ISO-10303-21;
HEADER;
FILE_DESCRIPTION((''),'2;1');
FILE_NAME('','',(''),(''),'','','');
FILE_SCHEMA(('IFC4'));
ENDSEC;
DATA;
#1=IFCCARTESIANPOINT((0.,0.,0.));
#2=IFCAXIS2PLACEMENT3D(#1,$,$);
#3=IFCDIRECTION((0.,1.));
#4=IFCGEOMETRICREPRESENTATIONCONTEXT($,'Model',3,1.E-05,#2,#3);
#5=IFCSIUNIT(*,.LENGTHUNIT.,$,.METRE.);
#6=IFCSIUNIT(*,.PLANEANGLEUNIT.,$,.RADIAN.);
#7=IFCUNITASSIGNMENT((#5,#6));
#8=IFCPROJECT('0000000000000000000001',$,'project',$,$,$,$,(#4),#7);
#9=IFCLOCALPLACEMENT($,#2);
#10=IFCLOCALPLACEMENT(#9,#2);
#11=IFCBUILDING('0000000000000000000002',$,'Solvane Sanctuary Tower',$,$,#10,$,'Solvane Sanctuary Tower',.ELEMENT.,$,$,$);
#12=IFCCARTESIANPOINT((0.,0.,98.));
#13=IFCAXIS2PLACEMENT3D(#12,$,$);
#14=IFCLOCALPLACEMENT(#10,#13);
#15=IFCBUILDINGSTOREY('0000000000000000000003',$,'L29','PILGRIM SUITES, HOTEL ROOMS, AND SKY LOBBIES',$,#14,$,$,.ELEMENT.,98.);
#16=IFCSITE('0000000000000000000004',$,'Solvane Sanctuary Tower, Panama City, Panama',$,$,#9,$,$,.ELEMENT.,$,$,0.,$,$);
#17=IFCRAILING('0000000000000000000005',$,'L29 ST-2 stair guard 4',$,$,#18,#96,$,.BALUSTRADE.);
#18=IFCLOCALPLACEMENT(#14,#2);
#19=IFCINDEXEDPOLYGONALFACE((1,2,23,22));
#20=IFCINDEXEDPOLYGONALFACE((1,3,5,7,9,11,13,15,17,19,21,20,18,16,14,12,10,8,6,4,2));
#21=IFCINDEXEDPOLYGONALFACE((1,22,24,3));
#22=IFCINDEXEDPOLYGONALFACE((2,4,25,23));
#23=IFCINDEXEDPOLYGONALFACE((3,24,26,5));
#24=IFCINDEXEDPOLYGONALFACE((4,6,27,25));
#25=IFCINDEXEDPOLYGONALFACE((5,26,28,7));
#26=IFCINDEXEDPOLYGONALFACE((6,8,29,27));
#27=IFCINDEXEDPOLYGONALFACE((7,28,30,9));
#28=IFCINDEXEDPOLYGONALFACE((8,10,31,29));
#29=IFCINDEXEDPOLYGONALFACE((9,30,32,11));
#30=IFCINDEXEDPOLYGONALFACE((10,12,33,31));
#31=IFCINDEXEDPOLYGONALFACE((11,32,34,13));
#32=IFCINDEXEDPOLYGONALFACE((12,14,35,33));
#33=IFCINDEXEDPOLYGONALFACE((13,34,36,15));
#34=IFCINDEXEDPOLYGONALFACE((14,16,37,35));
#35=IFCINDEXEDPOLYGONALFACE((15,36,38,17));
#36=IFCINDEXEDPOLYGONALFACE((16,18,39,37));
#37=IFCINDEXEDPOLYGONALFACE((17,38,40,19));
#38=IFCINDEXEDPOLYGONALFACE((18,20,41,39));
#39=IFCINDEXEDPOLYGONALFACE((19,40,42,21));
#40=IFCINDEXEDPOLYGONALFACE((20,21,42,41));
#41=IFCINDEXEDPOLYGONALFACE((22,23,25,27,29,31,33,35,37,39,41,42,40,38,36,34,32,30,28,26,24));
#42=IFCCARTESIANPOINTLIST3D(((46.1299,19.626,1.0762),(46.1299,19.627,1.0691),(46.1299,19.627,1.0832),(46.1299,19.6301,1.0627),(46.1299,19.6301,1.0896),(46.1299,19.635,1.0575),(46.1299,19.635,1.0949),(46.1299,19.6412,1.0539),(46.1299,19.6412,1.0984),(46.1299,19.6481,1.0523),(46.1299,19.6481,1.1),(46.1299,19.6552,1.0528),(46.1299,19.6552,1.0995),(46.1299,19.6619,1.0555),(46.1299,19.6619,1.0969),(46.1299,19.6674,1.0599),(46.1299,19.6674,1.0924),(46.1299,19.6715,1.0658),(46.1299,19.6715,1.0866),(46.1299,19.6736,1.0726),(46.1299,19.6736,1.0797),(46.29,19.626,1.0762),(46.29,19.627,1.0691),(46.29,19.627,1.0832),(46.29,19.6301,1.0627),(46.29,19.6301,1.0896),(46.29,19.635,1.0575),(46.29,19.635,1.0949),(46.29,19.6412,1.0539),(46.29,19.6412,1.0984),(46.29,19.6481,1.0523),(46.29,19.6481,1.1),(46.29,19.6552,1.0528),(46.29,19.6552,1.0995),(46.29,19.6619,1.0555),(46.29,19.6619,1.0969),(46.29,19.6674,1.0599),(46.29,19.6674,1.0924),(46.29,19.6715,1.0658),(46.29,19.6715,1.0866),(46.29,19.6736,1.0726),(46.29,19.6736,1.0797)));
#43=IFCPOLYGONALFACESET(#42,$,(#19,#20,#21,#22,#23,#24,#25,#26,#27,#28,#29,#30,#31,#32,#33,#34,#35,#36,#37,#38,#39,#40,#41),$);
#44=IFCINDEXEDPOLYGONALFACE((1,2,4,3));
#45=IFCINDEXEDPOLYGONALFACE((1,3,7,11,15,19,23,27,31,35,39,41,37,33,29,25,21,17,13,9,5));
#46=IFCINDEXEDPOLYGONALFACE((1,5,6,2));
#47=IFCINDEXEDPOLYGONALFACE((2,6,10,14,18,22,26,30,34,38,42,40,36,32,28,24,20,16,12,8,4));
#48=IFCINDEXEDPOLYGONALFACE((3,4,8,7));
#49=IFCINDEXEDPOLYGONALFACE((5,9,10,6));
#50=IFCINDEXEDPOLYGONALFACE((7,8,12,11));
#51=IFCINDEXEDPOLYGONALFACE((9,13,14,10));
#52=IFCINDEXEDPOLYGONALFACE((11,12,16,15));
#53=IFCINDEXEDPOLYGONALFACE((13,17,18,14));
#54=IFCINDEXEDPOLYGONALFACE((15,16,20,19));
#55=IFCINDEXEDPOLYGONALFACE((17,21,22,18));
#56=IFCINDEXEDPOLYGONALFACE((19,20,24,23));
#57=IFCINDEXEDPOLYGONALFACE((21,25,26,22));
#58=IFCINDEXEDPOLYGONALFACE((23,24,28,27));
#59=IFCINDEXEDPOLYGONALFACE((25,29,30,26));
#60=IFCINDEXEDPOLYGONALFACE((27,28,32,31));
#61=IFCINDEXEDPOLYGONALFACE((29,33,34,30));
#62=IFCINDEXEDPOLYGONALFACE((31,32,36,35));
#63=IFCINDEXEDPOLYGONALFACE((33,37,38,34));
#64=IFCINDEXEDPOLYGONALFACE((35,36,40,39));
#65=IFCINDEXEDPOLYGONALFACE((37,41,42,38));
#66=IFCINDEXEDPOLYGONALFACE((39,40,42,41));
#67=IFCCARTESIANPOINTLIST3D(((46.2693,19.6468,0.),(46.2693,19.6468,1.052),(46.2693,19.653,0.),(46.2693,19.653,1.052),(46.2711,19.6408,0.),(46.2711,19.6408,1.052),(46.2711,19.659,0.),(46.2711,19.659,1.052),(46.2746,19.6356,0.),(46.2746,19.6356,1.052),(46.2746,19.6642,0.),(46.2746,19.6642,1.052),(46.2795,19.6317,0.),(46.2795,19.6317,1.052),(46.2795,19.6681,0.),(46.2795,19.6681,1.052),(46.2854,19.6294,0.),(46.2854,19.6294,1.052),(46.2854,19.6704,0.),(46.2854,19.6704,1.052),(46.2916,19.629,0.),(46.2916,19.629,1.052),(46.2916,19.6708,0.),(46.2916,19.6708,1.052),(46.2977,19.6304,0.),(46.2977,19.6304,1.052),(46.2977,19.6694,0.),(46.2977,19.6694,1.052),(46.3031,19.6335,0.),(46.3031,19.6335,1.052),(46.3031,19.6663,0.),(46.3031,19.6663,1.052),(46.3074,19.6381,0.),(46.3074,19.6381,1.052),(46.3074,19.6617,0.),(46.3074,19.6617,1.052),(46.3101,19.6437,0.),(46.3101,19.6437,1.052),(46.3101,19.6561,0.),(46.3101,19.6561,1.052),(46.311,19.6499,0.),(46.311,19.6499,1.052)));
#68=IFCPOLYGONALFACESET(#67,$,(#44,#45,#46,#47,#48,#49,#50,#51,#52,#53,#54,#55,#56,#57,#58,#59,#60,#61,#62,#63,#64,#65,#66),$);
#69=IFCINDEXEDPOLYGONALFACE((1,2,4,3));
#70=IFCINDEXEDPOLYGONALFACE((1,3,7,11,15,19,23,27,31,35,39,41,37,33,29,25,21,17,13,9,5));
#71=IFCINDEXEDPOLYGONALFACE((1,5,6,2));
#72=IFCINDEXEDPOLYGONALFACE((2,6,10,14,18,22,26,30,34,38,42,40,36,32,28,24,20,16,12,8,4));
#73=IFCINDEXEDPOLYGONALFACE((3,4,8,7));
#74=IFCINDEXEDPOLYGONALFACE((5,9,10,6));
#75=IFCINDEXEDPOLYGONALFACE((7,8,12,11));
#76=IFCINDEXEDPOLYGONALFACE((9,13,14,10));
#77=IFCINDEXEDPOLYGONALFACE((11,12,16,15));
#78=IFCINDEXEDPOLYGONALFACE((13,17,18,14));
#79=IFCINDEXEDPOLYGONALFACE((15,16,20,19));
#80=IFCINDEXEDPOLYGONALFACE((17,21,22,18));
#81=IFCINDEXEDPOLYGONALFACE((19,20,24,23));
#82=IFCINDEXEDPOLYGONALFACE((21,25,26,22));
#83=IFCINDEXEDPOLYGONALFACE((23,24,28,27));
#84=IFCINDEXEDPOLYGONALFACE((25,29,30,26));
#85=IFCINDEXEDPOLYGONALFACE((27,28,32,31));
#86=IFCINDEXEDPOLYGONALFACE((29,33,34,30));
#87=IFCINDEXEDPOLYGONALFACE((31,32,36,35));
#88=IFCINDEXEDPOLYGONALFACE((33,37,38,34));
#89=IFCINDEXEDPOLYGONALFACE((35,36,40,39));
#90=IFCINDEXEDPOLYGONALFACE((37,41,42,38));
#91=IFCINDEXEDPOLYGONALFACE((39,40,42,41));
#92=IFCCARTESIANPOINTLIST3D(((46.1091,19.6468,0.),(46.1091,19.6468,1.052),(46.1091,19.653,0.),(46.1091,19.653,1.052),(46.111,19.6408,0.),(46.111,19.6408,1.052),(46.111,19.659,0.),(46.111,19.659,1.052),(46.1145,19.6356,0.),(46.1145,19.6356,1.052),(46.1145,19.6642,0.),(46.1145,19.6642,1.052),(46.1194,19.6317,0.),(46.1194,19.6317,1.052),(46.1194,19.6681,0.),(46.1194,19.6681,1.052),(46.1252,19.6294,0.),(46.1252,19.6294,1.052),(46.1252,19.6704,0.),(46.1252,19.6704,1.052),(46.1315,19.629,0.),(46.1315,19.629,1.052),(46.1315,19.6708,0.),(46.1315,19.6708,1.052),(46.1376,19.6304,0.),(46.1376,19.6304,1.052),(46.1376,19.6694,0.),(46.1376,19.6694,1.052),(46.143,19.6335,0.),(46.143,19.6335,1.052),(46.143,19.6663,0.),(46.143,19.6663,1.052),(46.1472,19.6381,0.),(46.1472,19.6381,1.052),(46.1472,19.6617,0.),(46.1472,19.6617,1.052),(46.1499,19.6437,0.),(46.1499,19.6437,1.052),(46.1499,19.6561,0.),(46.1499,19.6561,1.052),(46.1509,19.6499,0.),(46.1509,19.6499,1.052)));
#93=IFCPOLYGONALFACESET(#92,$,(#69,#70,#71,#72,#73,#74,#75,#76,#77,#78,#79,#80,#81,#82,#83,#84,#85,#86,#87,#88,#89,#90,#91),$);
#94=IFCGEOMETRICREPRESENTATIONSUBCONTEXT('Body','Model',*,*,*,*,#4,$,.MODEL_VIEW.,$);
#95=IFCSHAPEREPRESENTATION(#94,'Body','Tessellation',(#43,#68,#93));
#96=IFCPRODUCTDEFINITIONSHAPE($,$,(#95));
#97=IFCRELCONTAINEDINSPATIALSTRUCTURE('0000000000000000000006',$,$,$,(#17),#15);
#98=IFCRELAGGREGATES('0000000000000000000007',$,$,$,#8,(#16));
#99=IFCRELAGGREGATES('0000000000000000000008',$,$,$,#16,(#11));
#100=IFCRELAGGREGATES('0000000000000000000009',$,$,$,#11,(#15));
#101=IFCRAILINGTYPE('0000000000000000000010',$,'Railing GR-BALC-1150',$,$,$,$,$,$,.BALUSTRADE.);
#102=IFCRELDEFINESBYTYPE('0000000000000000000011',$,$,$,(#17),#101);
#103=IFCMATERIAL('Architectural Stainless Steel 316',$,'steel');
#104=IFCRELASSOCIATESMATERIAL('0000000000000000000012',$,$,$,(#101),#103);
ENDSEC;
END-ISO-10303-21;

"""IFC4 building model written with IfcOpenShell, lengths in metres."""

from ifc_helpers import new_model, si_unit, direction, frame, origin, origin_2d, place, context, subcontext, project, spatial, circle, extrude, material, type_object, element, save


model = new_model("IFC4")

# Units and contexts
model_context = context("Model", 3, precision=1e-05, world=origin(), true_north=direction((0.0, 1.0)))
body_context = subcontext(model_context, "Body", "Model", "MODEL_VIEW")
ifc_project = project(units=[si_unit("LENGTHUNIT", "METRE"), si_unit("PLANEANGLEUNIT", "RADIAN")], contexts=[model_context])

# Site, building, storey
site_placement = place(None, origin())
site = spatial("IfcSite", under=ifc_project, at=site_placement, Name="Solvane Sanctuary Tower, Panama City, Panama", CompositionType="ELEMENT", RefElevation=0.0)
building_placement = place(site_placement, origin())
building = spatial("IfcBuilding", under=site, at=building_placement, Name="Solvane Sanctuary Tower", LongName="Solvane Sanctuary Tower", CompositionType="ELEMENT")
storey_placement = place(building_placement, frame((0.0, 0.0, 98.0)))
storey = spatial("IfcBuildingStorey", under=building, at=storey_placement, Name="L29", Description="PILGRIM SUITES, HOTEL ROOMS, AND SKY LOBBIES", CompositionType="ELEMENT", Elevation=98.0)

# Shared definitions
ifc_material_1 = material(Name="Architectural Stainless Steel 316", Category="steel")

# Railing
railing_type_1 = type_object("IfcRailingType", Name="Railing GR-BALC-1150", PredefinedType="BALUSTRADE", material=ifc_material_1)
railing_1_placement = place(storey_placement, frame((46.29, 19.6499, 0.0)))
element("IfcRailing", 1, at=railing_1_placement, inside=storey, type_object=railing_type_1, Name="L29 ST-2 stair guard 4", PredefinedType="BALUSTRADE", context=body_context, shape_type="SweptSolid", body=[
    extrude(circle(Radius=0.0239, at=origin_2d()), frame((0.0, 0.0, 1.0762), z_axis=(-1.0, 0.0, 0.0), x_axis=(0.0, -1.0, 0.0)), (0.0, 0.0, 1.0), 0.1602),
    extrude(circle(Radius=0.021, at=origin_2d()), origin(), (0.0, 0.0, 1.0), 1.052),
    extrude(circle(Radius=0.021, at=origin_2d()), frame((-0.1602, 0.0, 0.0)), (0.0, 0.0, 1.0), 1.052),
])

save(model, "model.ifc")
